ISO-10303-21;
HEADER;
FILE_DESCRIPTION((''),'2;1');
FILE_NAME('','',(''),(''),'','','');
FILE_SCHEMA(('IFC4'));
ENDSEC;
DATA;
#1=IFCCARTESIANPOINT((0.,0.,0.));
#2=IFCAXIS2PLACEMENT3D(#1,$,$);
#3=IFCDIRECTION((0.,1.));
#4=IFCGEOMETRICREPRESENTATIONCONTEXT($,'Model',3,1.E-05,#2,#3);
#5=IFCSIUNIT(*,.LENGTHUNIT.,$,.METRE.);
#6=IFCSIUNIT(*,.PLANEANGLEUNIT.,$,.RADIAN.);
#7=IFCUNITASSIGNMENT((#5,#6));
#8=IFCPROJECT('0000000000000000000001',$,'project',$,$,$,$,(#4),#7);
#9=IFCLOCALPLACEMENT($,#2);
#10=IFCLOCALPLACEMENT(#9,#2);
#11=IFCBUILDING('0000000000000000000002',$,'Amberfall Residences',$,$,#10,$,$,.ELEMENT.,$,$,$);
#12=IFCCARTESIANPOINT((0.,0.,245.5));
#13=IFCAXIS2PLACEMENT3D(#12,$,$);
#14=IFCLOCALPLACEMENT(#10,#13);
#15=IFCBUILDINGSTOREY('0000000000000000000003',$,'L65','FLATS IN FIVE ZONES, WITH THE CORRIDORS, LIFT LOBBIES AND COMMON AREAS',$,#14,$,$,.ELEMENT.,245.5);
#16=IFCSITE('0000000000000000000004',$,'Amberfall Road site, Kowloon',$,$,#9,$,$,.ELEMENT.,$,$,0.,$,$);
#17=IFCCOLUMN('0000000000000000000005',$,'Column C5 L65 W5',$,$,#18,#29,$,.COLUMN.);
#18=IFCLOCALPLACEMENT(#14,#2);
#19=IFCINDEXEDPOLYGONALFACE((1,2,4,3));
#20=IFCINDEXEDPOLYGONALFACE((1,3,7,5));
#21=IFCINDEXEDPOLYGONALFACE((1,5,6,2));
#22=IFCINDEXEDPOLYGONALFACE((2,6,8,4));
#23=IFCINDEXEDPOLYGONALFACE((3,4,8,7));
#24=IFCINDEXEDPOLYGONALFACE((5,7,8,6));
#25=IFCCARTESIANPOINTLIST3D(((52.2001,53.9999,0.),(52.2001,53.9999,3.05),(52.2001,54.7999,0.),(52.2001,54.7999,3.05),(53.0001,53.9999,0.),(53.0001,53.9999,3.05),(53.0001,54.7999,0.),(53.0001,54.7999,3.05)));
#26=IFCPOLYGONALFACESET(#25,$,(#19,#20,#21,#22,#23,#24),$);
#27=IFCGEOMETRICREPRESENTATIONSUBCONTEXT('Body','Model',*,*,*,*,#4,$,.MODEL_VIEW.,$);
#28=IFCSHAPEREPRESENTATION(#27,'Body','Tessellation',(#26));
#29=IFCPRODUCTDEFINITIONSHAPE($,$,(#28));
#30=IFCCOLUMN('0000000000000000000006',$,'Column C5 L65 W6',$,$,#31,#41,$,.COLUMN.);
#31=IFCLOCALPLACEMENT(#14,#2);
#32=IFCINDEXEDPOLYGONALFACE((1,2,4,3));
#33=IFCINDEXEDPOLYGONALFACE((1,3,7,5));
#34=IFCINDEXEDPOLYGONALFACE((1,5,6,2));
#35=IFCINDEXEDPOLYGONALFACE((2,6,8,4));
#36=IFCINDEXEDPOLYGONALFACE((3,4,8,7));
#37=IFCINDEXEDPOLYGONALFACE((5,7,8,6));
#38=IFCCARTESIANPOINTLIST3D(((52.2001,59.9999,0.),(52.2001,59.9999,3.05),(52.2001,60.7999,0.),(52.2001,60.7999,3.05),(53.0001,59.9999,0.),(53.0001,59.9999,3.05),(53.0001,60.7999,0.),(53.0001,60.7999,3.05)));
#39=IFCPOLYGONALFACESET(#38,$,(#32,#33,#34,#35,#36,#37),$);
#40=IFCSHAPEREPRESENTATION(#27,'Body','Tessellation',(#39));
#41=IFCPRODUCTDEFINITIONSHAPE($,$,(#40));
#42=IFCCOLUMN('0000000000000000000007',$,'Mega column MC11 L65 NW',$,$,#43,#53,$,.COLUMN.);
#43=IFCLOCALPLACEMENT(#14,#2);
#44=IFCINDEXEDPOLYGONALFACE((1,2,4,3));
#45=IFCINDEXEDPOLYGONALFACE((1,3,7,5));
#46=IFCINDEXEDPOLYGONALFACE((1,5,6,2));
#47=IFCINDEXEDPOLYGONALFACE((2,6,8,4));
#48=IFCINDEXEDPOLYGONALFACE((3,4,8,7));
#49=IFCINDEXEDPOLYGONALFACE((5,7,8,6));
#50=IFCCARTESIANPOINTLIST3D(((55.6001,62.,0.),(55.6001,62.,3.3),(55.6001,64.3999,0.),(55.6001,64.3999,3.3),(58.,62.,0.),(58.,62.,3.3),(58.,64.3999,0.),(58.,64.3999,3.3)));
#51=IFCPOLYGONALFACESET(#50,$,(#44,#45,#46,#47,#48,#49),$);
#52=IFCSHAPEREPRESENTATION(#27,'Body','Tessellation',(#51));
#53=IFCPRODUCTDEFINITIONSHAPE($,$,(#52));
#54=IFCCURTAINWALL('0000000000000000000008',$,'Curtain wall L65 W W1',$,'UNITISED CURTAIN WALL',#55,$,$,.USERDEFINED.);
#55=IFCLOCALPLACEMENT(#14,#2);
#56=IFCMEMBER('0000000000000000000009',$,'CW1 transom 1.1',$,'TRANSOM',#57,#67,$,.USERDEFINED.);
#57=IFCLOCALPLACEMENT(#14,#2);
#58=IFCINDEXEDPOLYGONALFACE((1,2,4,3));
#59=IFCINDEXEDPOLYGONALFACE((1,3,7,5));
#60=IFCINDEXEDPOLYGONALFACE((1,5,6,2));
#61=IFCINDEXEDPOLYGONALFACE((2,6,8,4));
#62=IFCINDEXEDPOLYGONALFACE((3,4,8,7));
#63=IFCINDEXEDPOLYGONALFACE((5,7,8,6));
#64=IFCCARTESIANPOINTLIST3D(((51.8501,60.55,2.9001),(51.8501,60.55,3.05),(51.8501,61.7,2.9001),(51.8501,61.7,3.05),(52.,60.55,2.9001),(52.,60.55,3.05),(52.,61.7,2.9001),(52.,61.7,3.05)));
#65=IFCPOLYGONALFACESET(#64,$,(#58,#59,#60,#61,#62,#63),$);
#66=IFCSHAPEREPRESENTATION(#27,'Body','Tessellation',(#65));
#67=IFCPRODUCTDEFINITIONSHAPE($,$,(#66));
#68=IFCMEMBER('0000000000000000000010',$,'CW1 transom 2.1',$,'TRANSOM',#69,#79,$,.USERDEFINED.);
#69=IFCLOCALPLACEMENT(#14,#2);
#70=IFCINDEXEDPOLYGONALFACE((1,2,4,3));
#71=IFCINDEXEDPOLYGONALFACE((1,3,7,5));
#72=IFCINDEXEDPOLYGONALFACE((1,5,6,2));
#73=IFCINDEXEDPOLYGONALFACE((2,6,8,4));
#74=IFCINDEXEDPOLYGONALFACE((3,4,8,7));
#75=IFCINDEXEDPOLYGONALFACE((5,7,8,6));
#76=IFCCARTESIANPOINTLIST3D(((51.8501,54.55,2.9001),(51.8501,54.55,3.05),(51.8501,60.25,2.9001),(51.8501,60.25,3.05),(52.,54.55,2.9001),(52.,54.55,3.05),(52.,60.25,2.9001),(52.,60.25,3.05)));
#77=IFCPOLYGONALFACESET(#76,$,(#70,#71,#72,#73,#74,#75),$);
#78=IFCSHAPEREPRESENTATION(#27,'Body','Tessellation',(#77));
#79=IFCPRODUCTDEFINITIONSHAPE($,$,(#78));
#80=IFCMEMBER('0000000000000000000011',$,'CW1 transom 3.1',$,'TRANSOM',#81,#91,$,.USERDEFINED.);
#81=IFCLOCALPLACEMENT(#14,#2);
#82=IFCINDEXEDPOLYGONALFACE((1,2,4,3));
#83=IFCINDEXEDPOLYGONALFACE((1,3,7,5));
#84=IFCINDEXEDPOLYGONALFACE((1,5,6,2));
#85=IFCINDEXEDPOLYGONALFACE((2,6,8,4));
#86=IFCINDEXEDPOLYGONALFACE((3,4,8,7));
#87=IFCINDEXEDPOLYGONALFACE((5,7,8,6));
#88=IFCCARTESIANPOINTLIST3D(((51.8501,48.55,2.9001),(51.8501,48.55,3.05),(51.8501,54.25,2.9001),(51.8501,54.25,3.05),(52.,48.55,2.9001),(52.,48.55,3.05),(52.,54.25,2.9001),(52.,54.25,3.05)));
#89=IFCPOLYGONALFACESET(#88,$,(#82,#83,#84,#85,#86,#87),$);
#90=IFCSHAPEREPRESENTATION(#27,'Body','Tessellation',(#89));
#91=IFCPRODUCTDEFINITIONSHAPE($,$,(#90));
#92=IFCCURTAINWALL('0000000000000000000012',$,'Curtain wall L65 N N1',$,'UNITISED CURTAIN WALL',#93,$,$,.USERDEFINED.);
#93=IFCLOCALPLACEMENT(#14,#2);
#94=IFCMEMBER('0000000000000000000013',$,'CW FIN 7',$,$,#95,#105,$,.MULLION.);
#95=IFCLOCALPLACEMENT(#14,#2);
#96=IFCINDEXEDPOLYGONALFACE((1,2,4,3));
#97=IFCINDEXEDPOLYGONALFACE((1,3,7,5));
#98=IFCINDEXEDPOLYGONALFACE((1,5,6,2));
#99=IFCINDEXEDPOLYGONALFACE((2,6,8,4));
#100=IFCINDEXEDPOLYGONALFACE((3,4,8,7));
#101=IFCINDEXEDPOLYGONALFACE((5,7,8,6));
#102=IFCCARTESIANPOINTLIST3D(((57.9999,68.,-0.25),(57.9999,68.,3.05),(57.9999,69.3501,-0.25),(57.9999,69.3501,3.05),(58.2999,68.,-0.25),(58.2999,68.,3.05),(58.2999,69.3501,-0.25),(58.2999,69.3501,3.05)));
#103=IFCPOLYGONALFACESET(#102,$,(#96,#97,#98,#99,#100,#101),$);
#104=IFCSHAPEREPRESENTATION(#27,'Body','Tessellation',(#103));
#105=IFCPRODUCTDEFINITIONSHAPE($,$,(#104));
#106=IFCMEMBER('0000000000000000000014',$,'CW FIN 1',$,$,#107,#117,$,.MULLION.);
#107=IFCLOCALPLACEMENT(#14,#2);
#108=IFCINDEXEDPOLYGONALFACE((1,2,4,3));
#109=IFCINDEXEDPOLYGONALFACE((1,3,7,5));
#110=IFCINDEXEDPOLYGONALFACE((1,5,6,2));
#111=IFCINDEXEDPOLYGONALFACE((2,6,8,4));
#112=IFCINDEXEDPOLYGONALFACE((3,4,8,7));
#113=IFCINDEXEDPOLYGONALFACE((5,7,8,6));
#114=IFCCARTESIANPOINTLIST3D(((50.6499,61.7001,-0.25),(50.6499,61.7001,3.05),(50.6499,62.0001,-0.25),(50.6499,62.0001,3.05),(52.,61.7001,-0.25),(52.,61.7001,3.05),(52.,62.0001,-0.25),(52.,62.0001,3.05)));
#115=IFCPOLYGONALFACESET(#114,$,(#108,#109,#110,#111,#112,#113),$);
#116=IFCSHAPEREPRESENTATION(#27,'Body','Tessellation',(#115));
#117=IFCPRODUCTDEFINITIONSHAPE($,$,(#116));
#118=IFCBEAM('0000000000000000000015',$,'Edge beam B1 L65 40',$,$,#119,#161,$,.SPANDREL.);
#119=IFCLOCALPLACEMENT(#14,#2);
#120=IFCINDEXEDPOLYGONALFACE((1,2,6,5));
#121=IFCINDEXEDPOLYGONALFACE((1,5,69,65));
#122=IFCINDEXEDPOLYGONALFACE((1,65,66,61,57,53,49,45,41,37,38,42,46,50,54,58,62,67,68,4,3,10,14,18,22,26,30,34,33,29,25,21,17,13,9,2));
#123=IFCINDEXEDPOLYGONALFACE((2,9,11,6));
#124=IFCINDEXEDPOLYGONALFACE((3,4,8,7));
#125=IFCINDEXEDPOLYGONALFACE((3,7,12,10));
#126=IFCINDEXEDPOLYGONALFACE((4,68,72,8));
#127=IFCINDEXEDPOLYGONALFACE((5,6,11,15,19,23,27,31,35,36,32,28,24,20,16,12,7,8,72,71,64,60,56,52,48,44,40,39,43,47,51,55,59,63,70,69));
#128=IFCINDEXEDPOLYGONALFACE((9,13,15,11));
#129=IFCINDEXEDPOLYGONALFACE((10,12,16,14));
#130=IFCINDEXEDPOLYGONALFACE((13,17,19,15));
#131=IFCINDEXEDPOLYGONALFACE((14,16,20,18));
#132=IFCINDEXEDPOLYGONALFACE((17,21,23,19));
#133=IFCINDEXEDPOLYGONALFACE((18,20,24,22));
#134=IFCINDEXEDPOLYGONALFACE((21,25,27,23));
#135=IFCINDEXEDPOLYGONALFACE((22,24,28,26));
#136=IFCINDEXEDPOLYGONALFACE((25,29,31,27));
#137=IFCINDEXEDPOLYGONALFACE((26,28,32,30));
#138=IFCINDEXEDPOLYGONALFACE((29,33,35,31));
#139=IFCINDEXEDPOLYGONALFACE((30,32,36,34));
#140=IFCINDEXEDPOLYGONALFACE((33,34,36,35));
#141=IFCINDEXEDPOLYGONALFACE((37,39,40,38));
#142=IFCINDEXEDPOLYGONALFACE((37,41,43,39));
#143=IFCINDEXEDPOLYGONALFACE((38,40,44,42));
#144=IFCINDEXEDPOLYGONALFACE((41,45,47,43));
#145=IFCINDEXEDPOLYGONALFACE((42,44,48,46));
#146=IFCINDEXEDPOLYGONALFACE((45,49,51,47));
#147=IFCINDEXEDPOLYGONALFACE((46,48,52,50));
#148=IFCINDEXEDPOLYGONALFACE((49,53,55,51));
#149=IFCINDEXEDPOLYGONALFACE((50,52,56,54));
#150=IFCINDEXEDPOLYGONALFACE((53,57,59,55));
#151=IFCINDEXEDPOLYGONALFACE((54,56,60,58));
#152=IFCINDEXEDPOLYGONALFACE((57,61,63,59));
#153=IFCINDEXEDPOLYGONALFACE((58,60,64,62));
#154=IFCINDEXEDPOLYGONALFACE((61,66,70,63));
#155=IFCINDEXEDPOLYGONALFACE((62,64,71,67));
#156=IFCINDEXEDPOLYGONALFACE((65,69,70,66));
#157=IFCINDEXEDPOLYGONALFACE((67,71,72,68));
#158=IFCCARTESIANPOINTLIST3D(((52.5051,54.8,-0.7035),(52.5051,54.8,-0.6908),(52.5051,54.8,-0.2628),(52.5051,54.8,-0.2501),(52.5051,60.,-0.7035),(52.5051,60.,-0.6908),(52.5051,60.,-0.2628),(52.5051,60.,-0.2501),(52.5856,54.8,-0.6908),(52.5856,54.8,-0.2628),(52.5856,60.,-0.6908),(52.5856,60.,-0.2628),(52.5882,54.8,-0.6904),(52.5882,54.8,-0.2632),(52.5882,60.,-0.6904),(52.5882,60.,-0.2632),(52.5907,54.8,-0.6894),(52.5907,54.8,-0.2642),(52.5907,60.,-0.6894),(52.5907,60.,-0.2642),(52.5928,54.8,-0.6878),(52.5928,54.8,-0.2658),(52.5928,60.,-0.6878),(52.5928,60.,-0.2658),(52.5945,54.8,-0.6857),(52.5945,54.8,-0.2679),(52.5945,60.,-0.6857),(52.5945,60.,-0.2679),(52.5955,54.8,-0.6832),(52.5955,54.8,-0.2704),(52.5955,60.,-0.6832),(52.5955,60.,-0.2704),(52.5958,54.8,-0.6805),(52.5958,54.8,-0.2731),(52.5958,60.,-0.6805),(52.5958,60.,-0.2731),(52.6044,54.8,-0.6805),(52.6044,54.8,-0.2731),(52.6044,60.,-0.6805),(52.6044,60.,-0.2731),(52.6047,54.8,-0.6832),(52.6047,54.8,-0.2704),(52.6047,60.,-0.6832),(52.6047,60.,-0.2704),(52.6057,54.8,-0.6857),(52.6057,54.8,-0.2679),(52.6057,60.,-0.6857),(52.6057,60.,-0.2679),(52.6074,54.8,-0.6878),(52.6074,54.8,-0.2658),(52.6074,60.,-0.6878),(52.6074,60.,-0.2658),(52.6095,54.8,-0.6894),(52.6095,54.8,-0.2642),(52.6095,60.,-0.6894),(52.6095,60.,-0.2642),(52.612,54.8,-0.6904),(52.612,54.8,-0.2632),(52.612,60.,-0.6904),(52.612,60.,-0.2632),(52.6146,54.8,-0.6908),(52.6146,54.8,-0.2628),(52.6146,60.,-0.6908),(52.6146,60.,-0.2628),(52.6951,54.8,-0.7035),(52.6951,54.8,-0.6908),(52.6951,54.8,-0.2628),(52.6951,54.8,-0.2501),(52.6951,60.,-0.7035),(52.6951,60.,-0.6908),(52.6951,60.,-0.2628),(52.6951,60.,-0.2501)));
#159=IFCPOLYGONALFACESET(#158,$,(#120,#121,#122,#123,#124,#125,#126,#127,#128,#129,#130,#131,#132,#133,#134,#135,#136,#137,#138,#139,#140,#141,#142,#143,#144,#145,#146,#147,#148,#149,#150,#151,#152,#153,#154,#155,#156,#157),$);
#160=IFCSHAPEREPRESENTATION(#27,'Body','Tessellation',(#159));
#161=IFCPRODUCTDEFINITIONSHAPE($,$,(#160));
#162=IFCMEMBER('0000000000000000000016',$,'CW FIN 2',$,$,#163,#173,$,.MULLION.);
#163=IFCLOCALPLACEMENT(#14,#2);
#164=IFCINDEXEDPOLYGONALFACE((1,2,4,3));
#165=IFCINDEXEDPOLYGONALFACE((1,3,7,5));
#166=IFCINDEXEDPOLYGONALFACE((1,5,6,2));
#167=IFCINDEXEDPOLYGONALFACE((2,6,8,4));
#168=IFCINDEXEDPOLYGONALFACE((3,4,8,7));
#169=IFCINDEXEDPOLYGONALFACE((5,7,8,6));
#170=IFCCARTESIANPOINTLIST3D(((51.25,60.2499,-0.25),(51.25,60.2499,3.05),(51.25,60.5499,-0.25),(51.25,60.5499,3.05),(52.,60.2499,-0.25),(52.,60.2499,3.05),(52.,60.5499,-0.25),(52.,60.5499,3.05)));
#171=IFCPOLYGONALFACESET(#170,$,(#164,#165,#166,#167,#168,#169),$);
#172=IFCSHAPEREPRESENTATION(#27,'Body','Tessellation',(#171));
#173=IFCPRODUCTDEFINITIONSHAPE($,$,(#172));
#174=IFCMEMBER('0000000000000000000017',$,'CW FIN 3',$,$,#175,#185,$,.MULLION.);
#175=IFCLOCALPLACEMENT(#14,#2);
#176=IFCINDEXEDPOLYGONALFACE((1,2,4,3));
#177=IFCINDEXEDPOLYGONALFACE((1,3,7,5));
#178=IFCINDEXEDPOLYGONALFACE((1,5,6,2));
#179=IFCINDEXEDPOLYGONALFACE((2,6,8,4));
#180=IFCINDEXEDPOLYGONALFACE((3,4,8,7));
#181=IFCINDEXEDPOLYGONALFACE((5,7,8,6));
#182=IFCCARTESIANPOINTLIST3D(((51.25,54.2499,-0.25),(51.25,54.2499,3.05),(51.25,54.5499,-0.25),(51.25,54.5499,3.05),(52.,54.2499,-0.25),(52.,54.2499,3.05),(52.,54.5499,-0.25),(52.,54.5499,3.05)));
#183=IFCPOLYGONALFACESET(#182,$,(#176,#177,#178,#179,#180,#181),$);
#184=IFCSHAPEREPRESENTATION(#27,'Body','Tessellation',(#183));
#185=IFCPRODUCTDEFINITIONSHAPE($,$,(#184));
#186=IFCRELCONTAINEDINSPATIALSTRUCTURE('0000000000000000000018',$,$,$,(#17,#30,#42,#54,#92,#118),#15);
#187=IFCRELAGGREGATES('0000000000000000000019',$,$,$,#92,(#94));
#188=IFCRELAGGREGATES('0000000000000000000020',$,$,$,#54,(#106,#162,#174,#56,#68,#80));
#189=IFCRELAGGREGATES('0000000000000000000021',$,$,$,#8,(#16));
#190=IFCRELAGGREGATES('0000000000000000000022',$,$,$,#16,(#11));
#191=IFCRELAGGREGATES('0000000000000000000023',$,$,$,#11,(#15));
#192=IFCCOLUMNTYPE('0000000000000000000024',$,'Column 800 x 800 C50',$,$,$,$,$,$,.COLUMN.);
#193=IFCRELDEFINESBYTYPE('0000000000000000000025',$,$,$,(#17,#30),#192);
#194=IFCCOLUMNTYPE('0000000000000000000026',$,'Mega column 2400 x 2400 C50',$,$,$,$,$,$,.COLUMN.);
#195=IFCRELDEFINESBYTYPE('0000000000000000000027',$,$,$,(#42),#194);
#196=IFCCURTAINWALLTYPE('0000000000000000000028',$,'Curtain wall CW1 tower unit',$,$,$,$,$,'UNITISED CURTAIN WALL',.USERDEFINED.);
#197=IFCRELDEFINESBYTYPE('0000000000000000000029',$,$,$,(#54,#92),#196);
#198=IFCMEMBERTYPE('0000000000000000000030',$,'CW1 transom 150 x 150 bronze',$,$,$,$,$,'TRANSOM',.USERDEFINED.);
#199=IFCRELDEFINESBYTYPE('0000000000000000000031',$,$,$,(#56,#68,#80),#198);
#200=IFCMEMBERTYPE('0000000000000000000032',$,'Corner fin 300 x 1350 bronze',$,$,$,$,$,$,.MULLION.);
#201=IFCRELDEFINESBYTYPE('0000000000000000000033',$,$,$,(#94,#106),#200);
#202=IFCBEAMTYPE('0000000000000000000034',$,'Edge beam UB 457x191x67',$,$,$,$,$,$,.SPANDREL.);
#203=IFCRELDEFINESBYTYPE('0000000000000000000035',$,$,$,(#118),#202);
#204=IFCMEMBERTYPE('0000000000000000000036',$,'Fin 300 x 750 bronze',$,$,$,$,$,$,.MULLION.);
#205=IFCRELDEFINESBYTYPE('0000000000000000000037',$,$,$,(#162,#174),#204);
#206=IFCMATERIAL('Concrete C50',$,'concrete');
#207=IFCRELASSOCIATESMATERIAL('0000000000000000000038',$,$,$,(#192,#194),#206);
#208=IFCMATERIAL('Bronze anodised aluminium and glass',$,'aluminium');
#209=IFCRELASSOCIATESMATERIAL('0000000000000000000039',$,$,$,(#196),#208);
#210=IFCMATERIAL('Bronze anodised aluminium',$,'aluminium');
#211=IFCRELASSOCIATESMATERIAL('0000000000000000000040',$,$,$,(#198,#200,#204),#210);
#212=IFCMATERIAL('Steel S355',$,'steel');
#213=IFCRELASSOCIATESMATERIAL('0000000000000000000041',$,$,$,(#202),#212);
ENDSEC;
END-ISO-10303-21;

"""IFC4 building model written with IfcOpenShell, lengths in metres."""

from ifc_helpers import new_model, si_unit, direction, frame, origin, origin_2d, place, context, subcontext, project, spatial, rectangle, i_section, extrude, material, material_profile, profile_set, type_object, element, aggregate, save


model = new_model("IFC4")

# Units and contexts
model_context = context("Model", 3, precision=1e-05, world=origin(), true_north=direction((0.0, 1.0)))
body_context = subcontext(model_context, "Body", "Model", "MODEL_VIEW")
ifc_project = project(units=[si_unit("LENGTHUNIT", "METRE"), si_unit("PLANEANGLEUNIT", "RADIAN")], contexts=[model_context])

# Site, building, storey
site_placement = place(None, origin())
site = spatial("IfcSite", under=ifc_project, at=site_placement, Name="Amberfall Road site, Kowloon", CompositionType="ELEMENT", RefElevation=0.0)
building_placement = place(site_placement, origin())
building = spatial("IfcBuilding", under=site, at=building_placement, Name="Amberfall Residences", CompositionType="ELEMENT")
storey_placement = place(building_placement, frame((0.0, 0.0, 245.5)))
storey = spatial("IfcBuildingStorey", under=building, at=storey_placement, Name="L65", Description="FLATS IN FIVE ZONES, WITH THE CORRIDORS, LIFT LOBBIES AND COMMON AREAS", CompositionType="ELEMENT", Elevation=245.5)

# Columns
ifc_material_1 = material(Name="Concrete C50", Category="concrete")
ifc_material_profile_1 = material_profile(ifc_material_1, rectangle(XDim=0.8, YDim=0.8, at=origin_2d()), Name="Column 800 x 800 C50")
ifc_profile_set_1 = profile_set([ifc_material_profile_1], Name="Concrete C50")
column_type_1 = type_object("IfcColumnType", Name="Column 800 x 800 C50", PredefinedType="COLUMN", material=ifc_profile_set_1)
for number, where, z_axis, x_axis, name in (
    (1, (52.6001, 54.3999, 0.0), (0.0, 0.0, 1.0), (1.0, 0.0, 0.0), "Column C5 L65 W5"),
    (2, (52.6001, 60.3999, 0.0), (0.0, 0.0, 1.0), (1.0, 0.0, 0.0), "Column C5 L65 W6"),
):
    element("IfcColumn", number, at=place(storey_placement, frame(where, z_axis=z_axis, x_axis=x_axis)), inside=storey, type_object=column_type_1, Name=name, PredefinedType="COLUMN", context=body_context, shape_type="SweptSolid", body=[
        extrude(rectangle(XDim=0.8, YDim=0.8, at=origin_2d()), origin(), (0.0, 0.0, 1.0), 3.05),
    ])
ifc_material_profile_2 = material_profile(ifc_material_1, rectangle(XDim=2.3999, YDim=2.3999, at=origin_2d()), Name="Mega column 2400 x 2400 C50")
ifc_profile_set_2 = profile_set([ifc_material_profile_2], Name="Concrete C50")
column_type_2 = type_object("IfcColumnType", Name="Mega column 2400 x 2400 C50", PredefinedType="COLUMN", material=ifc_profile_set_2)
column_placement = place(storey_placement, frame((56.8, 63.2, 0.0), z_axis=(0.0, 0.0, 1.0), x_axis=(1.0, 0.0, 0.0)))
element("IfcColumn", 3, at=column_placement, inside=storey, type_object=column_type_2, Name="Mega column MC11 L65 NW", PredefinedType="COLUMN", context=body_context, shape_type="SweptSolid", body=[
    extrude(rectangle(XDim=2.3999, YDim=2.3999, at=origin_2d()), origin(), (0.0, 0.0, 1.0), 3.3),
])

# Curtain wall, members
ifc_material_2 = material(Name="Bronze anodised aluminium and glass", Category="aluminium")
curtain_wall_type = type_object("IfcCurtainWallType", Name="Curtain wall CW1 tower unit", ElementType="UNITISED CURTAIN WALL", PredefinedType="USERDEFINED", material=ifc_material_2)
curtain_wall_1_placement = place(storey_placement, origin())
curtain_wall_1 = element("IfcCurtainWall", 4, at=curtain_wall_1_placement, inside=storey, type_object=curtain_wall_type, Name="Curtain wall L65 W W1", ObjectType="UNITISED CURTAIN WALL", PredefinedType="USERDEFINED")
ifc_material_3 = material(Name="Bronze anodised aluminium", Category="aluminium")
ifc_material_profile_3 = material_profile(ifc_material_3, rectangle(XDim=0.1499, YDim=0.1499, at=origin_2d()), Name="CW1 transom 150 x 150 bronze")
ifc_profile_set_3 = profile_set([ifc_material_profile_3], Name="Bronze anodised aluminium")
member_type_1 = type_object("IfcMemberType", Name="CW1 transom 150 x 150 bronze", ElementType="TRANSOM", PredefinedType="USERDEFINED", material=ifc_profile_set_3)
member_1_placement = place(storey_placement, frame((51.925, 61.7, 2.9751), z_axis=(0.0, -1.0, 0.0), x_axis=(1.0, 0.0, 0.0)))
member_1 = element("IfcMember", 5, at=member_1_placement, type_object=member_type_1, Name="CW1 transom 1.1", ObjectType="TRANSOM", PredefinedType="USERDEFINED", context=body_context, shape_type="SweptSolid", body=[
    extrude(rectangle(XDim=0.1499, YDim=0.1499, at=origin_2d()), origin(), (0.0, 0.0, 1.0), 1.1499),
])
member_2_placement = place(storey_placement, frame((51.925, 60.25, 2.9751), z_axis=(0.0, -1.0, 0.0), x_axis=(1.0, 0.0, 0.0)))
member_2 = element("IfcMember", 6, at=member_2_placement, type_object=member_type_1, Name="CW1 transom 2.1", ObjectType="TRANSOM", PredefinedType="USERDEFINED", context=body_context, shape_type="SweptSolid", body=[
    extrude(rectangle(XDim=0.1499, YDim=0.1499, at=origin_2d()), origin(), (0.0, 0.0, 1.0), 5.7),
])
member_3_placement = place(storey_placement, frame((51.925, 54.25, 2.9751), z_axis=(0.0, -1.0, 0.0), x_axis=(1.0, 0.0, 0.0)))
member_3 = element("IfcMember", 7, at=member_3_placement, type_object=member_type_1, Name="CW1 transom 3.1", ObjectType="TRANSOM", PredefinedType="USERDEFINED", context=body_context, shape_type="SweptSolid", body=[
    extrude(rectangle(XDim=0.1499, YDim=0.1499, at=origin_2d()), origin(), (0.0, 0.0, 1.0), 5.7),
])

# Curtain wall, member
curtain_wall_2_placement = place(storey_placement, origin())
curtain_wall_2 = element("IfcCurtainWall", 8, at=curtain_wall_2_placement, inside=storey, type_object=curtain_wall_type, Name="Curtain wall L65 N N1", ObjectType="UNITISED CURTAIN WALL", PredefinedType="USERDEFINED")
ifc_material_profile_4 = material_profile(ifc_material_3, rectangle(XDim=1.3501, YDim=0.3, at=origin_2d()), Name="Corner fin 300 x 1350 bronze")
ifc_profile_set_4 = profile_set([ifc_material_profile_4], Name="Bronze anodised aluminium")
member_type_2 = type_object("IfcMemberType", Name="Corner fin 300 x 1350 bronze", PredefinedType="MULLION", material=ifc_profile_set_4)
member_4_placement = place(storey_placement, frame((58.1499, 68.675, -0.25), z_axis=(0.0, 0.0, 1.0), x_axis=(0.0, -1.0, 0.0)))
member_4 = element("IfcMember", 9, at=member_4_placement, type_object=member_type_2, Name="CW FIN 7", PredefinedType="MULLION", context=body_context, shape_type="SweptSolid", body=[
    extrude(rectangle(XDim=1.3501, YDim=0.3, at=origin_2d()), origin(), (0.0, 0.0, 1.0), 3.3),
])
aggregate(curtain_wall_2, [member_4])

# Member
member_5_placement = place(storey_placement, frame((51.325, 61.8501, -0.25), z_axis=(0.0, 0.0, 1.0), x_axis=(1.0, 0.0, 0.0)))
member_5 = element("IfcMember", 10, at=member_5_placement, type_object=member_type_2, Name="CW FIN 1", PredefinedType="MULLION", context=body_context, shape_type="SweptSolid", body=[
    extrude(rectangle(XDim=1.3501, YDim=0.3, at=origin_2d()), origin(), (0.0, 0.0, 1.0), 3.3),
])

# Beam
ifc_material_4 = material(Name="Steel S355", Category="steel")
ifc_material_profile_5 = material_profile(ifc_material_4, i_section(OverallWidth=0.1899, OverallDepth=0.4534, WebThickness=0.0085, FlangeThickness=0.0127, FilletRadius=0.0103, at=origin_2d()), Name="UB 457x191x67")
ifc_profile_set_5 = profile_set([ifc_material_profile_5], Name="Steel S355")
beam_type_1 = type_object("IfcBeamType", Name="Edge beam UB 457x191x67", PredefinedType="SPANDREL", material=ifc_profile_set_5)
beam_1_placement = place(storey_placement, frame((52.6001, 54.8, -0.4768), z_axis=(0.0, 1.0, 0.0), x_axis=(-1.0, 0.0, 0.0)))
element("IfcBeam", 11, at=beam_1_placement, inside=storey, type_object=beam_type_1, Name="Edge beam B1 L65 40", PredefinedType="SPANDREL", context=body_context, shape_type="SweptSolid", body=[
    extrude(i_section(OverallWidth=0.1899, OverallDepth=0.4534, WebThickness=0.0085, FlangeThickness=0.0127, FilletRadius=0.0103, at=origin_2d()), origin(), (0.0, 0.0, 1.0), 5.2),
])

# Members
ifc_material_profile_6 = material_profile(ifc_material_3, rectangle(XDim=0.75, YDim=0.3, at=origin_2d()), Name="Fin 300 x 750 bronze")
ifc_profile_set_6 = profile_set([ifc_material_profile_6], Name="Bronze anodised aluminium")
member_type_3 = type_object("IfcMemberType", Name="Fin 300 x 750 bronze", PredefinedType="MULLION", material=ifc_profile_set_6)
member_6_placement = place(storey_placement, frame((51.625, 60.3999, -0.25), z_axis=(0.0, 0.0, 1.0), x_axis=(1.0, 0.0, 0.0)))
member_6 = element("IfcMember", 12, at=member_6_placement, type_object=member_type_3, Name="CW FIN 2", PredefinedType="MULLION", context=body_context, shape_type="SweptSolid", body=[
    extrude(rectangle(XDim=0.75, YDim=0.3, at=origin_2d()), origin(), (0.0, 0.0, 1.0), 3.3),
])
member_7_placement = place(storey_placement, frame((51.625, 54.3999, -0.25), z_axis=(0.0, 0.0, 1.0), x_axis=(1.0, 0.0, 0.0)))
member_7 = element("IfcMember", 13, at=member_7_placement, type_object=member_type_3, Name="CW FIN 3", PredefinedType="MULLION", context=body_context, shape_type="SweptSolid", body=[
    extrude(rectangle(XDim=0.75, YDim=0.3, at=origin_2d()), origin(), (0.0, 0.0, 1.0), 3.3),
])

aggregate(curtain_wall_1, [member_5, member_6, member_7, member_1, member_2, member_3])

save(model, "model.ifc")
